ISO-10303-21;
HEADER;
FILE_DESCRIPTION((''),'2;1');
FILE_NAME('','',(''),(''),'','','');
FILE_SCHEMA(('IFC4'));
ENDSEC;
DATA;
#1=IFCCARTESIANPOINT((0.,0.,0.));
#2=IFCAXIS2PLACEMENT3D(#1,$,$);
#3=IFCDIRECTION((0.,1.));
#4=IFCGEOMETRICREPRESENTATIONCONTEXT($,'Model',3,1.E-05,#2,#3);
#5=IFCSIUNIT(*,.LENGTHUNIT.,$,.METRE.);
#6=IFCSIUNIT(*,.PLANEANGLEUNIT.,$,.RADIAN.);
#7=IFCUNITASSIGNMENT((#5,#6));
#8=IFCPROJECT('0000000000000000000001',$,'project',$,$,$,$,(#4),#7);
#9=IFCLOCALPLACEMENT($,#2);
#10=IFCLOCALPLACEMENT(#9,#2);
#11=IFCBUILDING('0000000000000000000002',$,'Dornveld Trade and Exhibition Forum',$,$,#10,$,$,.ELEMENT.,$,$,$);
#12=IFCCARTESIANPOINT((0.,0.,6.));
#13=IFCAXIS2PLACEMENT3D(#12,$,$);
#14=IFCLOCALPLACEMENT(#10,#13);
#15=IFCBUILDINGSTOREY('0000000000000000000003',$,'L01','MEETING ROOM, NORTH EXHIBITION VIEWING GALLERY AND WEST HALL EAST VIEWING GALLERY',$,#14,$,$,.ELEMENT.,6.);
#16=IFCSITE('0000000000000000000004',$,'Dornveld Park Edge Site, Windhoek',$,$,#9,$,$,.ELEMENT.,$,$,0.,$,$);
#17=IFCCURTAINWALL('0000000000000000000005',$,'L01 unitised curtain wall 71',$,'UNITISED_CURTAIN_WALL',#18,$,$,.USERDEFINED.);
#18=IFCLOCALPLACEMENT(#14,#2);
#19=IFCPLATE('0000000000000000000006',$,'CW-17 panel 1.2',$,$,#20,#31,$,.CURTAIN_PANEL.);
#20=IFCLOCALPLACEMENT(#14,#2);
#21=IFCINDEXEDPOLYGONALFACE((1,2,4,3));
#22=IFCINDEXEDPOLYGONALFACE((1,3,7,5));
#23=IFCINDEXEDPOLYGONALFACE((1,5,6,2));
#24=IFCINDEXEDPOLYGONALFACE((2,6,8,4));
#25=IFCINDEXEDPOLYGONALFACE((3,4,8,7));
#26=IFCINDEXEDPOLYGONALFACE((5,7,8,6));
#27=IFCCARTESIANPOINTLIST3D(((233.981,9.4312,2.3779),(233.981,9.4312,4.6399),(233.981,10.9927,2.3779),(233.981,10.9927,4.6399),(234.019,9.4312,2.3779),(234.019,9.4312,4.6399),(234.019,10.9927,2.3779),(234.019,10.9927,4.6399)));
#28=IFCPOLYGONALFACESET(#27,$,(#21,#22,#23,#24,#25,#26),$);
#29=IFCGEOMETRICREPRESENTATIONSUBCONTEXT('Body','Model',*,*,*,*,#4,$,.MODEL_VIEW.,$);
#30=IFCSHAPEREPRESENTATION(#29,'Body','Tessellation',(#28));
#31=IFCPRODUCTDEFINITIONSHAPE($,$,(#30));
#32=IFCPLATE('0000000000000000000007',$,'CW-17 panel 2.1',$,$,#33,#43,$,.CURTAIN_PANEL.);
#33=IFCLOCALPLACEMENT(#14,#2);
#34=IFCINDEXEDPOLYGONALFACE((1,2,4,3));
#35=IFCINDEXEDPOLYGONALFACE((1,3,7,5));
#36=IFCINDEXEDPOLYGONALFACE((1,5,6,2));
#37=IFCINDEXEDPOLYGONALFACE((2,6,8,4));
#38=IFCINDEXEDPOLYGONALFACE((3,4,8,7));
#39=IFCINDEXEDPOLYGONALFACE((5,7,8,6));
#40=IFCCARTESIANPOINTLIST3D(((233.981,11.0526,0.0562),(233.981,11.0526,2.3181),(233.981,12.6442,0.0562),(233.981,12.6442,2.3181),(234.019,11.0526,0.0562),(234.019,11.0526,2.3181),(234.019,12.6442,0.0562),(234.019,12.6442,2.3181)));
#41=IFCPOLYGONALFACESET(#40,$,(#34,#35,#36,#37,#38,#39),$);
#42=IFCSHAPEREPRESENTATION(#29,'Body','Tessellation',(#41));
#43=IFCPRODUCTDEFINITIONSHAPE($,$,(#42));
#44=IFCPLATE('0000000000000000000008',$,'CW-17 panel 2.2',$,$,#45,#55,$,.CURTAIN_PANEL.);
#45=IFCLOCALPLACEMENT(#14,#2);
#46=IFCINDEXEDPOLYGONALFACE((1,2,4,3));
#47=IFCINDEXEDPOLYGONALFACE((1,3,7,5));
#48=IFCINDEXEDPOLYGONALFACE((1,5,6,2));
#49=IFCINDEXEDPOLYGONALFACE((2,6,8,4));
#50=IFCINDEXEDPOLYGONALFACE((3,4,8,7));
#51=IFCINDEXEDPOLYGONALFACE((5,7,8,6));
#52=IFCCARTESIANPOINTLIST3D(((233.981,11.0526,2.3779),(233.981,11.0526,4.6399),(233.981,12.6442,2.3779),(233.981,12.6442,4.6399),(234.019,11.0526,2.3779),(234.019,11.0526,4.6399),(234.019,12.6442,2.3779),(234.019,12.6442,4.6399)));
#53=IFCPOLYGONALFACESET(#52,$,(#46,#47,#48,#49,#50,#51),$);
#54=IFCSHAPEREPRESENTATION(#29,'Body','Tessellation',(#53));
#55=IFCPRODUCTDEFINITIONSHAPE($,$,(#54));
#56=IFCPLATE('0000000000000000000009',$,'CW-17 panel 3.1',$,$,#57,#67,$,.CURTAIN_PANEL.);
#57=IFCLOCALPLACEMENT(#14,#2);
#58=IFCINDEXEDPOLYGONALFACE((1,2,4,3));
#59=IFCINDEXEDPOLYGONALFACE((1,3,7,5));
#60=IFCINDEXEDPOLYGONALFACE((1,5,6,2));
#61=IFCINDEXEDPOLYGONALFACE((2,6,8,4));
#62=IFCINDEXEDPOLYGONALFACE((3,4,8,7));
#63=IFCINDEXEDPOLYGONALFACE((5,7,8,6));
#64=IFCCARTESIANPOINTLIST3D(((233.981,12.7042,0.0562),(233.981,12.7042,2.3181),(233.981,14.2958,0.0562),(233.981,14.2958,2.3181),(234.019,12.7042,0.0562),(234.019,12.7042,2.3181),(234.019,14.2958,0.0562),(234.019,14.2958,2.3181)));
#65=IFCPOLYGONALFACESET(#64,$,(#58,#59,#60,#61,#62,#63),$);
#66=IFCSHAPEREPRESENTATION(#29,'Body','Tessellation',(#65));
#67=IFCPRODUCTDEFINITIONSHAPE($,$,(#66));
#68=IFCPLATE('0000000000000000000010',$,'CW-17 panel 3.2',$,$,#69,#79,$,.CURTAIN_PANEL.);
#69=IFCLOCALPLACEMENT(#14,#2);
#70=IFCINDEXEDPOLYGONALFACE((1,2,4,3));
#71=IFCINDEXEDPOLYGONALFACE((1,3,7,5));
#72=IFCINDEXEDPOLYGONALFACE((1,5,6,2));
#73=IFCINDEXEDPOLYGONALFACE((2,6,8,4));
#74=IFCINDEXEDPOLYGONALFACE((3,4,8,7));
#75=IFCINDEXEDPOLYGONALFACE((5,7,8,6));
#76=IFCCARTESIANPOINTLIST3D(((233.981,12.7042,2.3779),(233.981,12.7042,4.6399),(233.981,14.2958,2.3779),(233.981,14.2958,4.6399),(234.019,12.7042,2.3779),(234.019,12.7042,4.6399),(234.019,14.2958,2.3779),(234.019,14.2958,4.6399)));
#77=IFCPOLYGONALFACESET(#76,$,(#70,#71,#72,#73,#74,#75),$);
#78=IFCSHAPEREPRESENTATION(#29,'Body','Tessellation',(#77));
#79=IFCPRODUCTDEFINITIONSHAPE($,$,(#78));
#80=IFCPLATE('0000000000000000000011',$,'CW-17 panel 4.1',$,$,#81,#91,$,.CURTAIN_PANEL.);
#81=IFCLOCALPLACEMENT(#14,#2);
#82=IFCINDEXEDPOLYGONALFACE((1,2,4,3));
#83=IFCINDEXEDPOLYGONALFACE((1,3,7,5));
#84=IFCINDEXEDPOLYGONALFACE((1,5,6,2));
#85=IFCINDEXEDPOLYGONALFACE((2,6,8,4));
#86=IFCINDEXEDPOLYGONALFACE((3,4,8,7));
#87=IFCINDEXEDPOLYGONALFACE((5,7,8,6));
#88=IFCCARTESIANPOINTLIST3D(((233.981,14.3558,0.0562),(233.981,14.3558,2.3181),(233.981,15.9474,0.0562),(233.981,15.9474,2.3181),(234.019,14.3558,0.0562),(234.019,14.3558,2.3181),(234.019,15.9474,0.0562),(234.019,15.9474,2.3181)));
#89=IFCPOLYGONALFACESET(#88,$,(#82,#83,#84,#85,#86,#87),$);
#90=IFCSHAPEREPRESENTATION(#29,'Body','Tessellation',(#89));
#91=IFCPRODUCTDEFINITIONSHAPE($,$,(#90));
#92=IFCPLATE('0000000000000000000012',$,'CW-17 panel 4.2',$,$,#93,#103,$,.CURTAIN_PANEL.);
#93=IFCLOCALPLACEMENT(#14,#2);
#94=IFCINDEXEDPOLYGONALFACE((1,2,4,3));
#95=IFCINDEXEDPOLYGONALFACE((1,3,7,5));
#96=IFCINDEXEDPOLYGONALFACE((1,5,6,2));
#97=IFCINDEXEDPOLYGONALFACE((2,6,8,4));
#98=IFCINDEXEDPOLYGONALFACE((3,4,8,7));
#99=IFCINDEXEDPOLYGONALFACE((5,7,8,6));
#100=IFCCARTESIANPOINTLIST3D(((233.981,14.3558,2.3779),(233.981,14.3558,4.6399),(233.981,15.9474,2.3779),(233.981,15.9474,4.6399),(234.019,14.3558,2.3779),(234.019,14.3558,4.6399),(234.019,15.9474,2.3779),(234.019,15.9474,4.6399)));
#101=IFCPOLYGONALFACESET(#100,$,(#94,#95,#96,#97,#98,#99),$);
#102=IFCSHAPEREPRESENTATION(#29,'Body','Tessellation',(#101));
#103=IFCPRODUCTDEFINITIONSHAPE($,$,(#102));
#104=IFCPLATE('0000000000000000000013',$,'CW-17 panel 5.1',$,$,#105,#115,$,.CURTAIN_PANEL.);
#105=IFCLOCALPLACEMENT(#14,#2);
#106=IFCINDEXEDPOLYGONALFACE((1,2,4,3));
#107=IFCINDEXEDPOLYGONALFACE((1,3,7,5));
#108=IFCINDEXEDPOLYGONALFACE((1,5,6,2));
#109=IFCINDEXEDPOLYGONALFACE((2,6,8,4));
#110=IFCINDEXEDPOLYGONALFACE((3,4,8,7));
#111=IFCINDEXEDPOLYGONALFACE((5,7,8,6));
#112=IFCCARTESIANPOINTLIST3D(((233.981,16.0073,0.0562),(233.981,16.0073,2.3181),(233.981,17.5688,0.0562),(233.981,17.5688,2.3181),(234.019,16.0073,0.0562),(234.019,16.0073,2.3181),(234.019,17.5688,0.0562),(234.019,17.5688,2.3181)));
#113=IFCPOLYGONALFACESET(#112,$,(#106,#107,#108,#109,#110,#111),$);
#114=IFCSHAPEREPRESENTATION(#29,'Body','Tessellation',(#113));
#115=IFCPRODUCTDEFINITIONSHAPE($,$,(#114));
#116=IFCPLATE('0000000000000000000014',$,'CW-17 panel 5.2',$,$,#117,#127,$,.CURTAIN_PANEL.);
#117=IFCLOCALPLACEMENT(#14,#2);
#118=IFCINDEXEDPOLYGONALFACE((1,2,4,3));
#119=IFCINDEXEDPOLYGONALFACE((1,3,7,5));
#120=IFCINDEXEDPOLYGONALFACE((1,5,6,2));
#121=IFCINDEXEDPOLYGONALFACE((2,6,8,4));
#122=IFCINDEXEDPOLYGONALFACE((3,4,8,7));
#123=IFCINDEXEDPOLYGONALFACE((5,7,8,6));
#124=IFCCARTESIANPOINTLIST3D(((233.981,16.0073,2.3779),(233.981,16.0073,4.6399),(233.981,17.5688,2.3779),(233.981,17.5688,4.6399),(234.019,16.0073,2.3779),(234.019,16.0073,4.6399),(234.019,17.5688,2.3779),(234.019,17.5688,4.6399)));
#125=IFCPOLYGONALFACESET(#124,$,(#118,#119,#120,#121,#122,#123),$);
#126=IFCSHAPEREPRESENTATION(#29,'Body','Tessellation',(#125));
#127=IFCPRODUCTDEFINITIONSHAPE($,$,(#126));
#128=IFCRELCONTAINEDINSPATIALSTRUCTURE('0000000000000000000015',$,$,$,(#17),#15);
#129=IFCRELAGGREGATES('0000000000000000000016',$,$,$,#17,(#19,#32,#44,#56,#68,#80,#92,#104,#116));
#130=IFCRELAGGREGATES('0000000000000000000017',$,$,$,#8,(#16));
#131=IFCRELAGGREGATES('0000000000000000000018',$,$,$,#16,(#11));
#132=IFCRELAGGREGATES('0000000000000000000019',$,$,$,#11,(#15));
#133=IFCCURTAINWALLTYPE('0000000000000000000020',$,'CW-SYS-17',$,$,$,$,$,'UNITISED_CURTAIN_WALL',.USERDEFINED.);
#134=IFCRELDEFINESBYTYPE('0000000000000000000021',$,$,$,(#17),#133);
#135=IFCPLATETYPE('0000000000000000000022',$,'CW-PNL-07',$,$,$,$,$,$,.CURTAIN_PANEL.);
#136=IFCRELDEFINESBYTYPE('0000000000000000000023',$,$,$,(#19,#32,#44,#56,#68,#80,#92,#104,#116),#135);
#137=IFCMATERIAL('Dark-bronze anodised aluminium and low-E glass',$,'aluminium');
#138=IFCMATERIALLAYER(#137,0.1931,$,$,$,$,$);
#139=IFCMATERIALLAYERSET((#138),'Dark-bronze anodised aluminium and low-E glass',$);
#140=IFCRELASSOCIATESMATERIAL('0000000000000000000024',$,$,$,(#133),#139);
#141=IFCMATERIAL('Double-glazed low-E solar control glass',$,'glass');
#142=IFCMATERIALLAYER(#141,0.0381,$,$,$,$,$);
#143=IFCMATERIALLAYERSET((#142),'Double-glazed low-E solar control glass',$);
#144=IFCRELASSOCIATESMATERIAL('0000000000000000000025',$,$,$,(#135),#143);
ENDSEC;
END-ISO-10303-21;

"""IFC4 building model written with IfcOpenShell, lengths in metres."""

from ifc_helpers import new_model, si_unit, direction, frame, origin, origin_2d, place, context, subcontext, project, spatial, rectangle, extrude, material, layer, layer_set, type_object, element, aggregate, save


model = new_model("IFC4")

# Units and contexts
model_context = context("Model", 3, precision=1e-05, world=origin(), true_north=direction((0.0, 1.0)))
body_context = subcontext(model_context, "Body", "Model", "MODEL_VIEW")
ifc_project = project(units=[si_unit("LENGTHUNIT", "METRE"), si_unit("PLANEANGLEUNIT", "RADIAN")], contexts=[model_context])

# Site, building, storey
site_placement = place(None, origin())
site = spatial("IfcSite", under=ifc_project, at=site_placement, Name="Dornveld Park Edge Site, Windhoek", CompositionType="ELEMENT", RefElevation=0.0)
building_placement = place(site_placement, origin())
building = spatial("IfcBuilding", under=site, at=building_placement, Name="Dornveld Trade and Exhibition Forum", CompositionType="ELEMENT")
storey_placement = place(building_placement, frame((0.0, 0.0, 6.0)))
storey = spatial("IfcBuildingStorey", under=building, at=storey_placement, Name="L01", Description="MEETING ROOM, NORTH EXHIBITION VIEWING GALLERY AND WEST HALL EAST VIEWING GALLERY", CompositionType="ELEMENT", Elevation=6.0)

# Curtain wall
ifc_material_1 = material(Name="Dark-bronze anodised aluminium and low-E glass", Category="aluminium")
ifc_layer_1 = layer(ifc_material_1, 0.1931)
ifc_layer_set_1 = layer_set([ifc_layer_1], Name="Dark-bronze anodised aluminium and low-E glass")
curtain_wall_type_1 = type_object("IfcCurtainWallType", Name="CW-SYS-17", ElementType="UNITISED_CURTAIN_WALL", PredefinedType="USERDEFINED", material=ifc_layer_set_1)
curtain_wall_1_placement = place(storey_placement, origin())
curtain_wall_1 = element("IfcCurtainWall", 1, at=curtain_wall_1_placement, inside=storey, type_object=curtain_wall_type_1, Name="L01 unitised curtain wall 71", ObjectType="UNITISED_CURTAIN_WALL", PredefinedType="USERDEFINED")

# Plates
ifc_material_2 = material(Name="Double-glazed low-E solar control glass", Category="glass")
ifc_layer_2 = layer(ifc_material_2, 0.0381)
ifc_layer_set_2 = layer_set([ifc_layer_2], Name="Double-glazed low-E solar control glass")
plate_type = type_object("IfcPlateType", Name="CW-PNL-07", PredefinedType="CURTAIN_PANEL", material=ifc_layer_set_2)
plate_1_placement = place(storey_placement, frame((234.0, 10.2119, 2.3779), z_axis=(0.0, 0.0, 1.0), x_axis=(0.0, 1.0, 0.0)))
plate_1 = element("IfcPlate", 2, at=plate_1_placement, type_object=plate_type, Name="CW-17 panel 1.2", PredefinedType="CURTAIN_PANEL", context=body_context, shape_type="SweptSolid", body=[
    extrude(rectangle(XDim=1.5615, YDim=0.0381, at=origin_2d()), origin(), (0.0, 0.0, 1.0), 2.262),
])
plate_2_placement = place(storey_placement, frame((234.0, 11.8484, 0.0562), z_axis=(0.0, 0.0, 1.0), x_axis=(0.0, 1.0, 0.0)))
plate_2 = element("IfcPlate", 3, at=plate_2_placement, type_object=plate_type, Name="CW-17 panel 2.1", PredefinedType="CURTAIN_PANEL", context=body_context, shape_type="SweptSolid", body=[
    extrude(rectangle(XDim=1.5916, YDim=0.0381, at=origin_2d()), origin(), (0.0, 0.0, 1.0), 2.262),
])
plate_3_placement = place(storey_placement, frame((234.0, 11.8484, 2.3779), z_axis=(0.0, 0.0, 1.0), x_axis=(0.0, 1.0, 0.0)))
plate_3 = element("IfcPlate", 4, at=plate_3_placement, type_object=plate_type, Name="CW-17 panel 2.2", PredefinedType="CURTAIN_PANEL", context=body_context, shape_type="SweptSolid", body=[
    extrude(rectangle(XDim=1.5916, YDim=0.0381, at=origin_2d()), origin(), (0.0, 0.0, 1.0), 2.262),
])
plate_4_placement = place(storey_placement, frame((234.0, 13.5, 0.0562), z_axis=(0.0, 0.0, 1.0), x_axis=(0.0, 1.0, 0.0)))
plate_4 = element("IfcPlate", 5, at=plate_4_placement, type_object=plate_type, Name="CW-17 panel 3.1", PredefinedType="CURTAIN_PANEL", context=body_context, shape_type="SweptSolid", body=[
    extrude(rectangle(XDim=1.5916, YDim=0.0381, at=origin_2d()), origin(), (0.0, 0.0, 1.0), 2.262),
])
plate_5_placement = place(storey_placement, frame((234.0, 13.5, 2.3779), z_axis=(0.0, 0.0, 1.0), x_axis=(0.0, 1.0, 0.0)))
plate_5 = element("IfcPlate", 6, at=plate_5_placement, type_object=plate_type, Name="CW-17 panel 3.2", PredefinedType="CURTAIN_PANEL", context=body_context, shape_type="SweptSolid", body=[
    extrude(rectangle(XDim=1.5916, YDim=0.0381, at=origin_2d()), origin(), (0.0, 0.0, 1.0), 2.262),
])
plate_6_placement = place(storey_placement, frame((234.0, 15.1516, 0.0562), z_axis=(0.0, 0.0, 1.0), x_axis=(0.0, 1.0, 0.0)))
plate_6 = element("IfcPlate", 7, at=plate_6_placement, type_object=plate_type, Name="CW-17 panel 4.1", PredefinedType="CURTAIN_PANEL", context=body_context, shape_type="SweptSolid", body=[
    extrude(rectangle(XDim=1.5916, YDim=0.0381, at=origin_2d()), origin(), (0.0, 0.0, 1.0), 2.262),
])
plate_7_placement = place(storey_placement, frame((234.0, 15.1516, 2.3779), z_axis=(0.0, 0.0, 1.0), x_axis=(0.0, 1.0, 0.0)))
plate_7 = element("IfcPlate", 8, at=plate_7_placement, type_object=plate_type, Name="CW-17 panel 4.2", PredefinedType="CURTAIN_PANEL", context=body_context, shape_type="SweptSolid", body=[
    extrude(rectangle(XDim=1.5916, YDim=0.0381, at=origin_2d()), origin(), (0.0, 0.0, 1.0), 2.262),
])
plate_8_placement = place(storey_placement, frame((234.0, 16.7881, 0.0562), z_axis=(0.0, 0.0, 1.0), x_axis=(0.0, 1.0, 0.0)))
plate_8 = element("IfcPlate", 9, at=plate_8_placement, type_object=plate_type, Name="CW-17 panel 5.1", PredefinedType="CURTAIN_PANEL", context=body_context, shape_type="SweptSolid", body=[
    extrude(rectangle(XDim=1.5615, YDim=0.0381, at=origin_2d()), origin(), (0.0, 0.0, 1.0), 2.262),
])
plate_9_placement = place(storey_placement, frame((234.0, 16.7881, 2.3779), z_axis=(0.0, 0.0, 1.0), x_axis=(0.0, 1.0, 0.0)))
plate_9 = element("IfcPlate", 10, at=plate_9_placement, type_object=plate_type, Name="CW-17 panel 5.2", PredefinedType="CURTAIN_PANEL", context=body_context, shape_type="SweptSolid", body=[
    extrude(rectangle(XDim=1.5615, YDim=0.0381, at=origin_2d()), origin(), (0.0, 0.0, 1.0), 2.262),
])
aggregate(curtain_wall_1, [plate_1, plate_2, plate_3, plate_4, plate_5, plate_6, plate_7, plate_8, plate_9])

save(model, "model.ifc")
